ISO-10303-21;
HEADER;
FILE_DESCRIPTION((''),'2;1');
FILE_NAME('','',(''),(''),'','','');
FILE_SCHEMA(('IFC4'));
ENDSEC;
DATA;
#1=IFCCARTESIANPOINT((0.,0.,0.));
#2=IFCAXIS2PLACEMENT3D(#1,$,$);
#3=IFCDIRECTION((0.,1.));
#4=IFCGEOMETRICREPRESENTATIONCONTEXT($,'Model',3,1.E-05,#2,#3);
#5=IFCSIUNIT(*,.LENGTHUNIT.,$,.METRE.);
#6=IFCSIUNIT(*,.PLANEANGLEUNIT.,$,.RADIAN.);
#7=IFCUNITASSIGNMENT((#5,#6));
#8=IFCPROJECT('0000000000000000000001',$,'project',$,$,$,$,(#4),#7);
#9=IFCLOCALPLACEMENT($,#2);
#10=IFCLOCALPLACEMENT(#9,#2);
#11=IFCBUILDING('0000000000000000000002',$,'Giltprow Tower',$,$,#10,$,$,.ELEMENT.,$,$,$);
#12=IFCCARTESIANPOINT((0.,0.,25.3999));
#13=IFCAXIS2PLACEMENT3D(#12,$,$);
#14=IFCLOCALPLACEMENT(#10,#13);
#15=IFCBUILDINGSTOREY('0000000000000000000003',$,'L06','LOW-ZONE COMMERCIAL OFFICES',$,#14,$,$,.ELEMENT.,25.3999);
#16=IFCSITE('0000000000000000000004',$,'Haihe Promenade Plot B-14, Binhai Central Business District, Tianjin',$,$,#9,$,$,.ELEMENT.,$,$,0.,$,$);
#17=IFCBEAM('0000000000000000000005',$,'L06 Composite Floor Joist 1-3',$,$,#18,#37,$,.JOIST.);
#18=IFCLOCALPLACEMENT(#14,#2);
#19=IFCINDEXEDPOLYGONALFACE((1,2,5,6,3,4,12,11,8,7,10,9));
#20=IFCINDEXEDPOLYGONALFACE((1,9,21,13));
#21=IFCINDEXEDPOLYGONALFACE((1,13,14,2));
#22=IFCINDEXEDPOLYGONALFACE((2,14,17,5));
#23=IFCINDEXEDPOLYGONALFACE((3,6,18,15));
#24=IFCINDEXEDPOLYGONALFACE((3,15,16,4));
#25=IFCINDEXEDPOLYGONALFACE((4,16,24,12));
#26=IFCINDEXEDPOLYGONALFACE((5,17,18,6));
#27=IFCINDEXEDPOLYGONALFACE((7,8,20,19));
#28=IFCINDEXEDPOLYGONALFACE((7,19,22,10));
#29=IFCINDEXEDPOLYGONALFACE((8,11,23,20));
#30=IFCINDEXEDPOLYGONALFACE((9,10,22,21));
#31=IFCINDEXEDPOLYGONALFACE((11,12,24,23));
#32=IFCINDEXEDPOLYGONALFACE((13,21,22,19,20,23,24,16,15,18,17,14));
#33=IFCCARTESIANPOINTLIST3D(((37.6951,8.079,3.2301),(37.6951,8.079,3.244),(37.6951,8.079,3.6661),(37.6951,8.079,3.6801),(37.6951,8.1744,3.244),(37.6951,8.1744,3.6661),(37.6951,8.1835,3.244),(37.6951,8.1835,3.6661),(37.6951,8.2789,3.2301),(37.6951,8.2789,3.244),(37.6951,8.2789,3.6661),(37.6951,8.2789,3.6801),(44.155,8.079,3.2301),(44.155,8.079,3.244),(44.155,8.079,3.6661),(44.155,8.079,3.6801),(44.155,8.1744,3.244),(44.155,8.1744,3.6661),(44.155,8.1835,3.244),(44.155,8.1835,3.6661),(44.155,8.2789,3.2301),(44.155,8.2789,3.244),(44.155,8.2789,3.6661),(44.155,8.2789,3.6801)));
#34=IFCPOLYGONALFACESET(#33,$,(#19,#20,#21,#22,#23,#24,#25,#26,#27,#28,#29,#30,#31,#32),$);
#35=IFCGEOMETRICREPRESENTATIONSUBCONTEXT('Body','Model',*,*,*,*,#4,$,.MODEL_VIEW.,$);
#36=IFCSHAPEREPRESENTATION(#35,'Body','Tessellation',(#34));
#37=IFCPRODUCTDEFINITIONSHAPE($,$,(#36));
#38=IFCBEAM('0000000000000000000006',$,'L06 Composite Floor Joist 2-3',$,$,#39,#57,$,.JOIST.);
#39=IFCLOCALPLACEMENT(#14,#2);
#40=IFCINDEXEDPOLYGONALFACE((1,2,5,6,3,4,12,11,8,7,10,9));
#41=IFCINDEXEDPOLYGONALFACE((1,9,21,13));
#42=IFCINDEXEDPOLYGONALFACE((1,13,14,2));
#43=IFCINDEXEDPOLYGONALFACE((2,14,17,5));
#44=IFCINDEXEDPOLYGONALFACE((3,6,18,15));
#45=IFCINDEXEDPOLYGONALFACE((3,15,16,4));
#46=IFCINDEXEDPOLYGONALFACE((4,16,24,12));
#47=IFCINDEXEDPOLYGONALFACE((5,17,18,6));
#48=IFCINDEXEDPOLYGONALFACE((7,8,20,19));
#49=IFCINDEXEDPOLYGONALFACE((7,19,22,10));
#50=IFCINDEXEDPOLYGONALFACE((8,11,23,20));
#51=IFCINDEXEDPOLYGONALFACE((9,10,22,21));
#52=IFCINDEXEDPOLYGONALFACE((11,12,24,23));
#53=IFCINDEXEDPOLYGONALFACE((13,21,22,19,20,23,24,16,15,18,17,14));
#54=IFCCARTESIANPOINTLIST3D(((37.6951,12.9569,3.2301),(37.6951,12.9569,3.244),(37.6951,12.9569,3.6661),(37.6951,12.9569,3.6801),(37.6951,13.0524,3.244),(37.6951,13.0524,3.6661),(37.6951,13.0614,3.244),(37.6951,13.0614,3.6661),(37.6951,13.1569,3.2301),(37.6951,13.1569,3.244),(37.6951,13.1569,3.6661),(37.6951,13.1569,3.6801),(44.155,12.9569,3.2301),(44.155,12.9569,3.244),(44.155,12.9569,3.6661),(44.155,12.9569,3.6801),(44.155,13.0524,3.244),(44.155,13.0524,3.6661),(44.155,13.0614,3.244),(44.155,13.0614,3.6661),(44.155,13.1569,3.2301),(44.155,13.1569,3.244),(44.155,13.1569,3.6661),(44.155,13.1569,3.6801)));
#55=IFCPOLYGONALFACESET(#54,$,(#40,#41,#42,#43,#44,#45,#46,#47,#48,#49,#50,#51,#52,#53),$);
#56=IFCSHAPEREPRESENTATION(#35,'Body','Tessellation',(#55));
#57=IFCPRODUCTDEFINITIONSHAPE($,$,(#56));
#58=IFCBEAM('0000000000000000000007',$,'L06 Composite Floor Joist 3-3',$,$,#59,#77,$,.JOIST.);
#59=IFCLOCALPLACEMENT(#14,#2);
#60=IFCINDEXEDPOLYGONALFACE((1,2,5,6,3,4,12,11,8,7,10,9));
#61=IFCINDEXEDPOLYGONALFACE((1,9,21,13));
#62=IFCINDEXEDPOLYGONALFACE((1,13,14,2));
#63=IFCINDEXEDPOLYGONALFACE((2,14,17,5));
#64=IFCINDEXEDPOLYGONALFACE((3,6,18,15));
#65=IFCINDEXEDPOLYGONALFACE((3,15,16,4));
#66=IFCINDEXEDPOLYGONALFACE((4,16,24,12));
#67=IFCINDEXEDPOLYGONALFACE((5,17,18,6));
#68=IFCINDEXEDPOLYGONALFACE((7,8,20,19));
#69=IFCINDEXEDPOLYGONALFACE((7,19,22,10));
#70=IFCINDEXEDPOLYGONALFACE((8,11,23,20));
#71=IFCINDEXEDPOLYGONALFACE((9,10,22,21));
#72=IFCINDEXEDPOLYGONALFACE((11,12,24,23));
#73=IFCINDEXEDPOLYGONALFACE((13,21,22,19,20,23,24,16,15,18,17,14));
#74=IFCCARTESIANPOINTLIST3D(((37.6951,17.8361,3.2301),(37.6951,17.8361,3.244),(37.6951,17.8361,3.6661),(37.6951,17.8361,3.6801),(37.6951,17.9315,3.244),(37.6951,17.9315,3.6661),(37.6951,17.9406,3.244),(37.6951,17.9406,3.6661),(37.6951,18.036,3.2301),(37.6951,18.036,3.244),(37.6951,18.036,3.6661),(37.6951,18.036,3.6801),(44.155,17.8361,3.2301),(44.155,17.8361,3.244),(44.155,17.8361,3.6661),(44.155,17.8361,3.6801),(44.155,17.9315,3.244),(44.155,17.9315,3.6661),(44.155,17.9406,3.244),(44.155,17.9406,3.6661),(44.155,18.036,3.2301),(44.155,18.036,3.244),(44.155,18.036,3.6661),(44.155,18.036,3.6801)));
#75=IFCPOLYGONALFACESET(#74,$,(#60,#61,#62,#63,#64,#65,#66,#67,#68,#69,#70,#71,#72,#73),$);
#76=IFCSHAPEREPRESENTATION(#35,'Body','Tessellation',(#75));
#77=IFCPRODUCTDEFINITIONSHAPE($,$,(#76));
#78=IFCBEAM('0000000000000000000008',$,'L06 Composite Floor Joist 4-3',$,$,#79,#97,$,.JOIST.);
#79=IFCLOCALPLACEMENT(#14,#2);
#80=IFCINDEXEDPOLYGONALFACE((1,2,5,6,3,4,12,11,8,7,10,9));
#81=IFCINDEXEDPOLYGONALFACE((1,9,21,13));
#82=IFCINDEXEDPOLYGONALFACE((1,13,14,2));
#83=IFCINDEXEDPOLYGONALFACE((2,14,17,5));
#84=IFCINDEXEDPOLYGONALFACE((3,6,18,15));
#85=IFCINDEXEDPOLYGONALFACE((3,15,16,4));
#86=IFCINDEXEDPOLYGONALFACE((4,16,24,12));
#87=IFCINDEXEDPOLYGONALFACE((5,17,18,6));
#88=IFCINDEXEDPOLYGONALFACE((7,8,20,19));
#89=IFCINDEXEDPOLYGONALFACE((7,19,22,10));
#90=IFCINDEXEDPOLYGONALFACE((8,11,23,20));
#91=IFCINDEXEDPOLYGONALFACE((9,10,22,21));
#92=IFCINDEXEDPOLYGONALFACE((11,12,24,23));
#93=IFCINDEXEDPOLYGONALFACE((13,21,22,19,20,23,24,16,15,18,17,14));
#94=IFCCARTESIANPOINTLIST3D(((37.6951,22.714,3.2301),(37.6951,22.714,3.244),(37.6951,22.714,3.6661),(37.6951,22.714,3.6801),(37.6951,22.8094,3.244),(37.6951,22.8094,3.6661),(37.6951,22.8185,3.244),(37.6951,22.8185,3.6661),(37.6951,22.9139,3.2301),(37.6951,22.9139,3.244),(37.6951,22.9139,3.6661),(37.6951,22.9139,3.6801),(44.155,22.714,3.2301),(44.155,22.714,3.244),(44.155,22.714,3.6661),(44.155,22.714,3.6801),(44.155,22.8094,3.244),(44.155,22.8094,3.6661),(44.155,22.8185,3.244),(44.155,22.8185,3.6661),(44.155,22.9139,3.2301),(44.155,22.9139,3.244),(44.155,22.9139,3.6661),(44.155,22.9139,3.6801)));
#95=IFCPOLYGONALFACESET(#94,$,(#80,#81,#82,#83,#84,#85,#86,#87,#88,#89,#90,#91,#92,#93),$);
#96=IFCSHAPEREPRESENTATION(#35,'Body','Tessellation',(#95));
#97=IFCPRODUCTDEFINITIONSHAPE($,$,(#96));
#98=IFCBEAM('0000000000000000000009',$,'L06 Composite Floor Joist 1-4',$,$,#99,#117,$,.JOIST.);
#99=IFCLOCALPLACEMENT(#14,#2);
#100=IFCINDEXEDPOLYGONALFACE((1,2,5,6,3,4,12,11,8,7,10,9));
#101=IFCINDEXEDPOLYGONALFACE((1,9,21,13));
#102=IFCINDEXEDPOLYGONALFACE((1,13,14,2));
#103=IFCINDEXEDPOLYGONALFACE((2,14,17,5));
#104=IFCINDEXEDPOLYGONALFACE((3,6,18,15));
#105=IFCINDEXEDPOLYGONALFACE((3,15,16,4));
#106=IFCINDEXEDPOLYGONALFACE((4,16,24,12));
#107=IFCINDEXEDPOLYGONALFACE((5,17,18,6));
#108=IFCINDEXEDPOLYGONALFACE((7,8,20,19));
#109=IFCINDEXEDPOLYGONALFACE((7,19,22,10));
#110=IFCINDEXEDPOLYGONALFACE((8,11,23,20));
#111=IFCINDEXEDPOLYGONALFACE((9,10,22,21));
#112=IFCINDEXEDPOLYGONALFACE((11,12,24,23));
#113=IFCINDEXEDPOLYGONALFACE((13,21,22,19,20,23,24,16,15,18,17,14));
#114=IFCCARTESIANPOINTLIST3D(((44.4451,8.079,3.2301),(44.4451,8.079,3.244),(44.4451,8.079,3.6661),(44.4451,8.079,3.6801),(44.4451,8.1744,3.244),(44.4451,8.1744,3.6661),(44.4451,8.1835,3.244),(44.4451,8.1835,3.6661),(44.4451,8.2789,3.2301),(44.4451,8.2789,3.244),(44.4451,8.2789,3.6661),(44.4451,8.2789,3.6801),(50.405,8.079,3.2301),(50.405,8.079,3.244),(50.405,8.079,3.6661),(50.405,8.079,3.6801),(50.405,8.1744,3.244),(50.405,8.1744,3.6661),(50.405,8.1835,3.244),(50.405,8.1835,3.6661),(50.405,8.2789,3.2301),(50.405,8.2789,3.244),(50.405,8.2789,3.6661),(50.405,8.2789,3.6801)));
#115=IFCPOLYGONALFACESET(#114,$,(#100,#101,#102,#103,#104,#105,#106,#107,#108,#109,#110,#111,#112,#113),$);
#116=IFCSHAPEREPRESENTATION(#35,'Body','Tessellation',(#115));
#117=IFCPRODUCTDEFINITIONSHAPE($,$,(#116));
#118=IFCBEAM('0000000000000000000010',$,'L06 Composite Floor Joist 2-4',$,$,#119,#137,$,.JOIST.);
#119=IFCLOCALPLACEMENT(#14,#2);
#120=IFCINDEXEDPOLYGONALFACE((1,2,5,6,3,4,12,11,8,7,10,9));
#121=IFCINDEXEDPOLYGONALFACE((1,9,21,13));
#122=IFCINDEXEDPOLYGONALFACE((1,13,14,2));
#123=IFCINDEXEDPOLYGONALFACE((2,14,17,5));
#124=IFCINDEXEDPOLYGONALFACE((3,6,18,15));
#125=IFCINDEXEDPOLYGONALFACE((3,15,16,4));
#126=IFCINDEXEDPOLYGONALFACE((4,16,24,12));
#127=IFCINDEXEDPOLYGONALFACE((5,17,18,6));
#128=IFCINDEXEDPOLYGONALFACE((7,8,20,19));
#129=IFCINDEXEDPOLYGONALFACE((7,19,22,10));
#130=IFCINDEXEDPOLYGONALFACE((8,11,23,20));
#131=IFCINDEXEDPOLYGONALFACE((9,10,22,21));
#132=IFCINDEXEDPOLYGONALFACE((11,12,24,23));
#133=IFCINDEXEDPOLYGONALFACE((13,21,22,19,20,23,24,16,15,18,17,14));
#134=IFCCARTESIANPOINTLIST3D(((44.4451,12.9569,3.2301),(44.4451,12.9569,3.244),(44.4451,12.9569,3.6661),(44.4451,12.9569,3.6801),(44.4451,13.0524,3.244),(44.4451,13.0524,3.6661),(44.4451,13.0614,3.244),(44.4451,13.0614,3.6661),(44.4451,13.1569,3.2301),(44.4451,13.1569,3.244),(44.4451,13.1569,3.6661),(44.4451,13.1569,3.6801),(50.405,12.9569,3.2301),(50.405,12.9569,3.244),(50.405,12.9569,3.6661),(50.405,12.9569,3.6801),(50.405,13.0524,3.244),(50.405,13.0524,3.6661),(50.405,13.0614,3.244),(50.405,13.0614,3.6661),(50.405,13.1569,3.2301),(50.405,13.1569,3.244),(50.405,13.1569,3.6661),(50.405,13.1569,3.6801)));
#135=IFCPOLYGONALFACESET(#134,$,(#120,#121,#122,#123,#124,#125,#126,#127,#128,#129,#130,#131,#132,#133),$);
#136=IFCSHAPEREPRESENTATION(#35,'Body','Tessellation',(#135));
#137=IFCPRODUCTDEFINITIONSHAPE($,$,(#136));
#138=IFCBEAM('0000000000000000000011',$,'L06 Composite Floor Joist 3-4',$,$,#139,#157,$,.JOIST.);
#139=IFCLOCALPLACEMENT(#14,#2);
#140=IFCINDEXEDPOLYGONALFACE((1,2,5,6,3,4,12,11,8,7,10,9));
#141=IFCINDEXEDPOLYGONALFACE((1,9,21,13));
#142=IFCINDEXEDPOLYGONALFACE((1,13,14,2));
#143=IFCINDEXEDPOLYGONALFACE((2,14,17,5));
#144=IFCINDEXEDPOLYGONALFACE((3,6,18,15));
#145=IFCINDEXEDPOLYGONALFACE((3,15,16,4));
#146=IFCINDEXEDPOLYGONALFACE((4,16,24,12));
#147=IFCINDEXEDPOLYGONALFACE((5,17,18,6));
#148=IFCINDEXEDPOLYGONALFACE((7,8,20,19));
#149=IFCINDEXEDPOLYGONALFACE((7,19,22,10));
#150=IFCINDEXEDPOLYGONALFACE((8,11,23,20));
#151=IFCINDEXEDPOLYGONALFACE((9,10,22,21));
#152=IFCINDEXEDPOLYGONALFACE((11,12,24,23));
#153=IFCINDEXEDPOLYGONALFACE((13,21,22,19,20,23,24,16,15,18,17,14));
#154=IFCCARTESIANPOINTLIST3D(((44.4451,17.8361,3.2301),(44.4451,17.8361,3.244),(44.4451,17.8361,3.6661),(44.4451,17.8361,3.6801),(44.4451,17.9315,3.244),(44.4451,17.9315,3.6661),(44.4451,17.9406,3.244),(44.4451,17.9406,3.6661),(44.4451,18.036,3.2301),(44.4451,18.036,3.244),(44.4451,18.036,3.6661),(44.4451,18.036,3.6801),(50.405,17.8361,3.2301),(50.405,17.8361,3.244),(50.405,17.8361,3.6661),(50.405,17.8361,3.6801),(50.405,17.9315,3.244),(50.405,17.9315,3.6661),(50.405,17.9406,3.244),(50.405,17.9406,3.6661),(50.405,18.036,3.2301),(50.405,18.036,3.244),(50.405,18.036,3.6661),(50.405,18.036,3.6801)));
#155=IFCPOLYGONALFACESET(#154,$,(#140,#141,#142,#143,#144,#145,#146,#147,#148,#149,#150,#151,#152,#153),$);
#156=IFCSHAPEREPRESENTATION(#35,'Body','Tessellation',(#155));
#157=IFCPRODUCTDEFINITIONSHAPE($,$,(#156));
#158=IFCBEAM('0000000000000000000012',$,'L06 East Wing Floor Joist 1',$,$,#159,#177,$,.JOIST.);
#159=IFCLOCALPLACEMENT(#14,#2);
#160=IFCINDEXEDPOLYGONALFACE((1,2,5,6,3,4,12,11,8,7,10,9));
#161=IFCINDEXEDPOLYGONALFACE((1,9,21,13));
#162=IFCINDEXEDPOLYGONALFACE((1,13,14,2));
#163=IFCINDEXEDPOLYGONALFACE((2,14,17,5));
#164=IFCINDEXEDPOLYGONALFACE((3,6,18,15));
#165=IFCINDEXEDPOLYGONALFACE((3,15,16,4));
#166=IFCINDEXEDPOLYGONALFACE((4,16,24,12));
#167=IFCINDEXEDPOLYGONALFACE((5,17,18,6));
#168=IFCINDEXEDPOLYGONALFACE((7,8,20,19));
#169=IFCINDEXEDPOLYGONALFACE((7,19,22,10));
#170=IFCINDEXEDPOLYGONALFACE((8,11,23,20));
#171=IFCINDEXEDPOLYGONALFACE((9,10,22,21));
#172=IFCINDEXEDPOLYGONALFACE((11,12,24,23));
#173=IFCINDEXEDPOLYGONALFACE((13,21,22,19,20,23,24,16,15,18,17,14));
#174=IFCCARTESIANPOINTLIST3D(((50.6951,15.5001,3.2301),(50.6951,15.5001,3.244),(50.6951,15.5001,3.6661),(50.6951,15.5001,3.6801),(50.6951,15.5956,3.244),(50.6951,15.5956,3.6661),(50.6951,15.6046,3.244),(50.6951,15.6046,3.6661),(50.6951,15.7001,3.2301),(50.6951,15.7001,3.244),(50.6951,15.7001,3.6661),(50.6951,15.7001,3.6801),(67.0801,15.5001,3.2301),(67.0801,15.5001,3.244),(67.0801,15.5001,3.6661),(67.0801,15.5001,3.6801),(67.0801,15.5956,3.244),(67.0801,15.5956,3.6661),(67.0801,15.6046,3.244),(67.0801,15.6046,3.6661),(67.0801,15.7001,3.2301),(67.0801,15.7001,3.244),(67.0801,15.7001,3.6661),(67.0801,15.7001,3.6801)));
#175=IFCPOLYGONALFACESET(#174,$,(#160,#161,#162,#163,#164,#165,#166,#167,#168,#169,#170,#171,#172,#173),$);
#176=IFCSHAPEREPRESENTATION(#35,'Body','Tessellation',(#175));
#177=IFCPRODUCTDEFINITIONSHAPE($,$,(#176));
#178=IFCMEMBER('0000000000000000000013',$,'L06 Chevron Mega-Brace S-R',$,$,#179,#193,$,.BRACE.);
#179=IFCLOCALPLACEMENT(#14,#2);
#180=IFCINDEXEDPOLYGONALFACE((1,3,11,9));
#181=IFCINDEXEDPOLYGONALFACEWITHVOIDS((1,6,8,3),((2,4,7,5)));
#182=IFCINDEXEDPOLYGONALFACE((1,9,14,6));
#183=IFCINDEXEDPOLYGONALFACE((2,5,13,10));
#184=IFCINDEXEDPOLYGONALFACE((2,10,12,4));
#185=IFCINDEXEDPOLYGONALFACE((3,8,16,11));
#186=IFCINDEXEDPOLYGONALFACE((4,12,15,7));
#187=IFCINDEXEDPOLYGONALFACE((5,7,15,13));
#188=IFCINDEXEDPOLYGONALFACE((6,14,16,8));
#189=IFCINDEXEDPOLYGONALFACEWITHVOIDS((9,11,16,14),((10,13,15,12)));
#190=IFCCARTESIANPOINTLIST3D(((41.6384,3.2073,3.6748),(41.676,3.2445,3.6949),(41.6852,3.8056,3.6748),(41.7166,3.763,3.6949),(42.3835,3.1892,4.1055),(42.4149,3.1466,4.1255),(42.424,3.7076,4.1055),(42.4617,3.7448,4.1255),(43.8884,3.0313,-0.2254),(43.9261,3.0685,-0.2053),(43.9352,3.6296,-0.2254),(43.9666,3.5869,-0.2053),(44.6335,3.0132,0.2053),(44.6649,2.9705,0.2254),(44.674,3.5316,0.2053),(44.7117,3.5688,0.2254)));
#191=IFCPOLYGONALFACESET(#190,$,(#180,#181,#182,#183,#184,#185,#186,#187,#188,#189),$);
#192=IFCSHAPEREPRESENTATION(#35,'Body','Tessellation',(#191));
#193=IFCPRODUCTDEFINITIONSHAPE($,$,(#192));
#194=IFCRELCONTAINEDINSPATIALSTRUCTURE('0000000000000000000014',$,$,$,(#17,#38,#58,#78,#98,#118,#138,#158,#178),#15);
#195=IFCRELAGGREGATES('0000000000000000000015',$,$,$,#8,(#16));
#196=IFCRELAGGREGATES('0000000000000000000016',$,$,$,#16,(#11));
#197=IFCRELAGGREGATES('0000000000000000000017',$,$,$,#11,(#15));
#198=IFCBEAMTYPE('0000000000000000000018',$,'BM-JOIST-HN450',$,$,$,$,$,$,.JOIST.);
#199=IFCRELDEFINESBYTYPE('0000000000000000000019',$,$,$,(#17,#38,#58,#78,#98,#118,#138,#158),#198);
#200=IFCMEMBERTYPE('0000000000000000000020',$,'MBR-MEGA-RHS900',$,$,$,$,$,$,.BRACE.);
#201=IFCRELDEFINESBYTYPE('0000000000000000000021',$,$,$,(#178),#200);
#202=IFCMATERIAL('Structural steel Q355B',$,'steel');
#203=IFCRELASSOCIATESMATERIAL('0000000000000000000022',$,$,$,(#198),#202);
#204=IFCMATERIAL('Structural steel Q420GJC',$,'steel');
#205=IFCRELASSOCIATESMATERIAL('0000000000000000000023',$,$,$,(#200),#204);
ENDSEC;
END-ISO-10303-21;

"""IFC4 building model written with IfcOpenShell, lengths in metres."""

from ifc_helpers import new_model, si_unit, direction, frame, origin, origin_2d, place, context, subcontext, project, spatial, hollow_rectangle, i_section, extrude, source, transform, mapped, material, material_profile, profile_set, type_object, element, save


model = new_model("IFC4")

# Units and contexts
model_context = context("Model", 3, precision=1e-05, world=origin(), true_north=direction((0.0, 1.0)))
body_context = subcontext(model_context, "Body", "Model", "MODEL_VIEW")
ifc_project = project(units=[si_unit("LENGTHUNIT", "METRE"), si_unit("PLANEANGLEUNIT", "RADIAN")], contexts=[model_context])

# Site, building, storey
site_placement = place(None, origin())
site = spatial("IfcSite", under=ifc_project, at=site_placement, Name="Haihe Promenade Plot B-14, Binhai Central Business District, Tianjin", CompositionType="ELEMENT", RefElevation=0.0)
building_placement = place(site_placement, origin())
building = spatial("IfcBuilding", under=site, at=building_placement, Name="Giltprow Tower", CompositionType="ELEMENT")
storey_placement = place(building_placement, frame((0.0, 0.0, 25.3999)))
storey = spatial("IfcBuildingStorey", under=building, at=storey_placement, Name="L06", Description="LOW-ZONE COMMERCIAL OFFICES", CompositionType="ELEMENT", Elevation=25.3999)

# Shared definitions
ifc_material_1 = material(Name="Structural steel Q420GJC", Category="steel")

# Beams
ifc_material_2 = material(Name="Structural steel Q355B", Category="steel")
ifc_material_profile_1 = material_profile(ifc_material_2, i_section(OverallWidth=0.2, OverallDepth=0.45, WebThickness=0.009, FlangeThickness=0.0139, at=origin_2d()), Name="HN 450x200x9x14")
ifc_profile_set_1 = profile_set([ifc_material_profile_1], Name="Structural steel Q355B")
beam_type_1 = type_object("IfcBeamType", Name="BM-JOIST-HN450", PredefinedType="JOIST", material=ifc_profile_set_1)
shared_shape_1 = source(origin(), body_context, "Body", "SweptSolid", [
    extrude(i_section(OverallWidth=0.2, OverallDepth=0.45, WebThickness=0.009, FlangeThickness=0.0139, at=origin_2d()), origin(), (0.0, 0.0, 1.0), 6.46),
])
for number, where, z_axis, x_axis, name in (
    (1, (37.6951, 8.179, 3.4551), (1.0, 0.0, 0.0), (0.0, 1.0, 0.0), "L06 Composite Floor Joist 1-3"),
    (2, (37.6951, 13.0569, 3.4551), (1.0, 0.0, 0.0), (0.0, 1.0, 0.0), "L06 Composite Floor Joist 2-3"),
    (3, (37.6951, 17.936, 3.4551), (1.0, 0.0, 0.0), (0.0, 1.0, 0.0), "L06 Composite Floor Joist 3-3"),
    (4, (37.6951, 22.814, 3.4551), (1.0, 0.0, 0.0), (0.0, 1.0, 0.0), "L06 Composite Floor Joist 4-3"),
):
    element("IfcBeam", number, at=place(storey_placement, frame(where, z_axis=z_axis, x_axis=x_axis)), inside=storey, type_object=beam_type_1, Name=name, PredefinedType="JOIST", context=body_context, shape_type="MappedRepresentation", body=[
        mapped(shared_shape_1, transform((0.0, 0.0, 0.0), x_axis=(1.0, 0.0, 0.0), y_axis=(0.0, 1.0, 0.0), z_axis=(0.0, 0.0, 1.0), scale=1.0)),
    ])
shared_shape_2 = source(origin(), body_context, "Body", "SweptSolid", [
    extrude(i_section(OverallWidth=0.2, OverallDepth=0.45, WebThickness=0.009, FlangeThickness=0.0139, at=origin_2d()), origin(), (0.0, 0.0, 1.0), 5.96),
])
for number, where, z_axis, x_axis, name in (
    (5, (44.4451, 8.179, 3.4551), (1.0, 0.0, 0.0), (0.0, 1.0, 0.0), "L06 Composite Floor Joist 1-4"),
    (6, (44.4451, 13.0569, 3.4551), (1.0, 0.0, 0.0), (0.0, 1.0, 0.0), "L06 Composite Floor Joist 2-4"),
    (7, (44.4451, 17.936, 3.4551), (1.0, 0.0, 0.0), (0.0, 1.0, 0.0), "L06 Composite Floor Joist 3-4"),
):
    element("IfcBeam", number, at=place(storey_placement, frame(where, z_axis=z_axis, x_axis=x_axis)), inside=storey, type_object=beam_type_1, Name=name, PredefinedType="JOIST", context=body_context, shape_type="MappedRepresentation", body=[
        mapped(shared_shape_2, transform((0.0, 0.0, 0.0), x_axis=(1.0, 0.0, 0.0), y_axis=(0.0, 1.0, 0.0), z_axis=(0.0, 0.0, 1.0), scale=1.0)),
    ])
shared_shape_3 = source(origin(), body_context, "Body", "SweptSolid", [
    extrude(i_section(OverallWidth=0.2, OverallDepth=0.45, WebThickness=0.009, FlangeThickness=0.0139, at=origin_2d()), origin(), (0.0, 0.0, 1.0), 16.385),
])
beam_1_placement = place(storey_placement, frame((50.6951, 15.6001, 3.4551), z_axis=(1.0, 0.0, 0.0), x_axis=(0.0, 1.0, 0.0)))
element("IfcBeam", 8, at=beam_1_placement, inside=storey, type_object=beam_type_1, Name="L06 East Wing Floor Joist 1", PredefinedType="JOIST", context=body_context, shape_type="MappedRepresentation", body=[
    mapped(shared_shape_3, transform((0.0, 0.0, 0.0), x_axis=(1.0, 0.0, 0.0), y_axis=(0.0, 1.0, 0.0), z_axis=(0.0, 0.0, 1.0), scale=1.0)),
])

# Member
ifc_material_profile_2 = material_profile(ifc_material_1, hollow_rectangle(XDim=0.6001, YDim=0.8999, WallThickness=0.04, at=origin_2d()), Name="RHS 900x600x40")
ifc_profile_set_2 = profile_set([ifc_material_profile_2], Name="Structural steel Q420GJC")
member_type_1 = type_object("IfcMemberType", Name="MBR-MEGA-RHS900", PredefinedType="BRACE", material=ifc_profile_set_2)
shared_shape_4 = source(origin(), body_context, "Body", "SweptSolid", [
    extrude(hollow_rectangle(XDim=0.6001, YDim=0.8999, WallThickness=0.04, at=origin_2d()), origin(), (0.0, 0.0, 1.0), 4.5061),
])
member_1_placement = place(storey_placement, frame((44.3, 3.3, 0.0), z_axis=(-0.499327, 0.039064, 0.865533), x_axis=(-0.077995, -0.996954, 0.0)))
element("IfcMember", 9, at=member_1_placement, inside=storey, type_object=member_type_1, Name="L06 Chevron Mega-Brace S-R", PredefinedType="BRACE", context=body_context, shape_type="MappedRepresentation", body=[
    mapped(shared_shape_4, transform((0.0, 0.0, 0.0), x_axis=(1.0, 0.0, 0.0), y_axis=(0.0, 1.0, 0.0), z_axis=(0.0, 0.0, 1.0), scale=1.0)),
])

save(model, "model.ifc")
